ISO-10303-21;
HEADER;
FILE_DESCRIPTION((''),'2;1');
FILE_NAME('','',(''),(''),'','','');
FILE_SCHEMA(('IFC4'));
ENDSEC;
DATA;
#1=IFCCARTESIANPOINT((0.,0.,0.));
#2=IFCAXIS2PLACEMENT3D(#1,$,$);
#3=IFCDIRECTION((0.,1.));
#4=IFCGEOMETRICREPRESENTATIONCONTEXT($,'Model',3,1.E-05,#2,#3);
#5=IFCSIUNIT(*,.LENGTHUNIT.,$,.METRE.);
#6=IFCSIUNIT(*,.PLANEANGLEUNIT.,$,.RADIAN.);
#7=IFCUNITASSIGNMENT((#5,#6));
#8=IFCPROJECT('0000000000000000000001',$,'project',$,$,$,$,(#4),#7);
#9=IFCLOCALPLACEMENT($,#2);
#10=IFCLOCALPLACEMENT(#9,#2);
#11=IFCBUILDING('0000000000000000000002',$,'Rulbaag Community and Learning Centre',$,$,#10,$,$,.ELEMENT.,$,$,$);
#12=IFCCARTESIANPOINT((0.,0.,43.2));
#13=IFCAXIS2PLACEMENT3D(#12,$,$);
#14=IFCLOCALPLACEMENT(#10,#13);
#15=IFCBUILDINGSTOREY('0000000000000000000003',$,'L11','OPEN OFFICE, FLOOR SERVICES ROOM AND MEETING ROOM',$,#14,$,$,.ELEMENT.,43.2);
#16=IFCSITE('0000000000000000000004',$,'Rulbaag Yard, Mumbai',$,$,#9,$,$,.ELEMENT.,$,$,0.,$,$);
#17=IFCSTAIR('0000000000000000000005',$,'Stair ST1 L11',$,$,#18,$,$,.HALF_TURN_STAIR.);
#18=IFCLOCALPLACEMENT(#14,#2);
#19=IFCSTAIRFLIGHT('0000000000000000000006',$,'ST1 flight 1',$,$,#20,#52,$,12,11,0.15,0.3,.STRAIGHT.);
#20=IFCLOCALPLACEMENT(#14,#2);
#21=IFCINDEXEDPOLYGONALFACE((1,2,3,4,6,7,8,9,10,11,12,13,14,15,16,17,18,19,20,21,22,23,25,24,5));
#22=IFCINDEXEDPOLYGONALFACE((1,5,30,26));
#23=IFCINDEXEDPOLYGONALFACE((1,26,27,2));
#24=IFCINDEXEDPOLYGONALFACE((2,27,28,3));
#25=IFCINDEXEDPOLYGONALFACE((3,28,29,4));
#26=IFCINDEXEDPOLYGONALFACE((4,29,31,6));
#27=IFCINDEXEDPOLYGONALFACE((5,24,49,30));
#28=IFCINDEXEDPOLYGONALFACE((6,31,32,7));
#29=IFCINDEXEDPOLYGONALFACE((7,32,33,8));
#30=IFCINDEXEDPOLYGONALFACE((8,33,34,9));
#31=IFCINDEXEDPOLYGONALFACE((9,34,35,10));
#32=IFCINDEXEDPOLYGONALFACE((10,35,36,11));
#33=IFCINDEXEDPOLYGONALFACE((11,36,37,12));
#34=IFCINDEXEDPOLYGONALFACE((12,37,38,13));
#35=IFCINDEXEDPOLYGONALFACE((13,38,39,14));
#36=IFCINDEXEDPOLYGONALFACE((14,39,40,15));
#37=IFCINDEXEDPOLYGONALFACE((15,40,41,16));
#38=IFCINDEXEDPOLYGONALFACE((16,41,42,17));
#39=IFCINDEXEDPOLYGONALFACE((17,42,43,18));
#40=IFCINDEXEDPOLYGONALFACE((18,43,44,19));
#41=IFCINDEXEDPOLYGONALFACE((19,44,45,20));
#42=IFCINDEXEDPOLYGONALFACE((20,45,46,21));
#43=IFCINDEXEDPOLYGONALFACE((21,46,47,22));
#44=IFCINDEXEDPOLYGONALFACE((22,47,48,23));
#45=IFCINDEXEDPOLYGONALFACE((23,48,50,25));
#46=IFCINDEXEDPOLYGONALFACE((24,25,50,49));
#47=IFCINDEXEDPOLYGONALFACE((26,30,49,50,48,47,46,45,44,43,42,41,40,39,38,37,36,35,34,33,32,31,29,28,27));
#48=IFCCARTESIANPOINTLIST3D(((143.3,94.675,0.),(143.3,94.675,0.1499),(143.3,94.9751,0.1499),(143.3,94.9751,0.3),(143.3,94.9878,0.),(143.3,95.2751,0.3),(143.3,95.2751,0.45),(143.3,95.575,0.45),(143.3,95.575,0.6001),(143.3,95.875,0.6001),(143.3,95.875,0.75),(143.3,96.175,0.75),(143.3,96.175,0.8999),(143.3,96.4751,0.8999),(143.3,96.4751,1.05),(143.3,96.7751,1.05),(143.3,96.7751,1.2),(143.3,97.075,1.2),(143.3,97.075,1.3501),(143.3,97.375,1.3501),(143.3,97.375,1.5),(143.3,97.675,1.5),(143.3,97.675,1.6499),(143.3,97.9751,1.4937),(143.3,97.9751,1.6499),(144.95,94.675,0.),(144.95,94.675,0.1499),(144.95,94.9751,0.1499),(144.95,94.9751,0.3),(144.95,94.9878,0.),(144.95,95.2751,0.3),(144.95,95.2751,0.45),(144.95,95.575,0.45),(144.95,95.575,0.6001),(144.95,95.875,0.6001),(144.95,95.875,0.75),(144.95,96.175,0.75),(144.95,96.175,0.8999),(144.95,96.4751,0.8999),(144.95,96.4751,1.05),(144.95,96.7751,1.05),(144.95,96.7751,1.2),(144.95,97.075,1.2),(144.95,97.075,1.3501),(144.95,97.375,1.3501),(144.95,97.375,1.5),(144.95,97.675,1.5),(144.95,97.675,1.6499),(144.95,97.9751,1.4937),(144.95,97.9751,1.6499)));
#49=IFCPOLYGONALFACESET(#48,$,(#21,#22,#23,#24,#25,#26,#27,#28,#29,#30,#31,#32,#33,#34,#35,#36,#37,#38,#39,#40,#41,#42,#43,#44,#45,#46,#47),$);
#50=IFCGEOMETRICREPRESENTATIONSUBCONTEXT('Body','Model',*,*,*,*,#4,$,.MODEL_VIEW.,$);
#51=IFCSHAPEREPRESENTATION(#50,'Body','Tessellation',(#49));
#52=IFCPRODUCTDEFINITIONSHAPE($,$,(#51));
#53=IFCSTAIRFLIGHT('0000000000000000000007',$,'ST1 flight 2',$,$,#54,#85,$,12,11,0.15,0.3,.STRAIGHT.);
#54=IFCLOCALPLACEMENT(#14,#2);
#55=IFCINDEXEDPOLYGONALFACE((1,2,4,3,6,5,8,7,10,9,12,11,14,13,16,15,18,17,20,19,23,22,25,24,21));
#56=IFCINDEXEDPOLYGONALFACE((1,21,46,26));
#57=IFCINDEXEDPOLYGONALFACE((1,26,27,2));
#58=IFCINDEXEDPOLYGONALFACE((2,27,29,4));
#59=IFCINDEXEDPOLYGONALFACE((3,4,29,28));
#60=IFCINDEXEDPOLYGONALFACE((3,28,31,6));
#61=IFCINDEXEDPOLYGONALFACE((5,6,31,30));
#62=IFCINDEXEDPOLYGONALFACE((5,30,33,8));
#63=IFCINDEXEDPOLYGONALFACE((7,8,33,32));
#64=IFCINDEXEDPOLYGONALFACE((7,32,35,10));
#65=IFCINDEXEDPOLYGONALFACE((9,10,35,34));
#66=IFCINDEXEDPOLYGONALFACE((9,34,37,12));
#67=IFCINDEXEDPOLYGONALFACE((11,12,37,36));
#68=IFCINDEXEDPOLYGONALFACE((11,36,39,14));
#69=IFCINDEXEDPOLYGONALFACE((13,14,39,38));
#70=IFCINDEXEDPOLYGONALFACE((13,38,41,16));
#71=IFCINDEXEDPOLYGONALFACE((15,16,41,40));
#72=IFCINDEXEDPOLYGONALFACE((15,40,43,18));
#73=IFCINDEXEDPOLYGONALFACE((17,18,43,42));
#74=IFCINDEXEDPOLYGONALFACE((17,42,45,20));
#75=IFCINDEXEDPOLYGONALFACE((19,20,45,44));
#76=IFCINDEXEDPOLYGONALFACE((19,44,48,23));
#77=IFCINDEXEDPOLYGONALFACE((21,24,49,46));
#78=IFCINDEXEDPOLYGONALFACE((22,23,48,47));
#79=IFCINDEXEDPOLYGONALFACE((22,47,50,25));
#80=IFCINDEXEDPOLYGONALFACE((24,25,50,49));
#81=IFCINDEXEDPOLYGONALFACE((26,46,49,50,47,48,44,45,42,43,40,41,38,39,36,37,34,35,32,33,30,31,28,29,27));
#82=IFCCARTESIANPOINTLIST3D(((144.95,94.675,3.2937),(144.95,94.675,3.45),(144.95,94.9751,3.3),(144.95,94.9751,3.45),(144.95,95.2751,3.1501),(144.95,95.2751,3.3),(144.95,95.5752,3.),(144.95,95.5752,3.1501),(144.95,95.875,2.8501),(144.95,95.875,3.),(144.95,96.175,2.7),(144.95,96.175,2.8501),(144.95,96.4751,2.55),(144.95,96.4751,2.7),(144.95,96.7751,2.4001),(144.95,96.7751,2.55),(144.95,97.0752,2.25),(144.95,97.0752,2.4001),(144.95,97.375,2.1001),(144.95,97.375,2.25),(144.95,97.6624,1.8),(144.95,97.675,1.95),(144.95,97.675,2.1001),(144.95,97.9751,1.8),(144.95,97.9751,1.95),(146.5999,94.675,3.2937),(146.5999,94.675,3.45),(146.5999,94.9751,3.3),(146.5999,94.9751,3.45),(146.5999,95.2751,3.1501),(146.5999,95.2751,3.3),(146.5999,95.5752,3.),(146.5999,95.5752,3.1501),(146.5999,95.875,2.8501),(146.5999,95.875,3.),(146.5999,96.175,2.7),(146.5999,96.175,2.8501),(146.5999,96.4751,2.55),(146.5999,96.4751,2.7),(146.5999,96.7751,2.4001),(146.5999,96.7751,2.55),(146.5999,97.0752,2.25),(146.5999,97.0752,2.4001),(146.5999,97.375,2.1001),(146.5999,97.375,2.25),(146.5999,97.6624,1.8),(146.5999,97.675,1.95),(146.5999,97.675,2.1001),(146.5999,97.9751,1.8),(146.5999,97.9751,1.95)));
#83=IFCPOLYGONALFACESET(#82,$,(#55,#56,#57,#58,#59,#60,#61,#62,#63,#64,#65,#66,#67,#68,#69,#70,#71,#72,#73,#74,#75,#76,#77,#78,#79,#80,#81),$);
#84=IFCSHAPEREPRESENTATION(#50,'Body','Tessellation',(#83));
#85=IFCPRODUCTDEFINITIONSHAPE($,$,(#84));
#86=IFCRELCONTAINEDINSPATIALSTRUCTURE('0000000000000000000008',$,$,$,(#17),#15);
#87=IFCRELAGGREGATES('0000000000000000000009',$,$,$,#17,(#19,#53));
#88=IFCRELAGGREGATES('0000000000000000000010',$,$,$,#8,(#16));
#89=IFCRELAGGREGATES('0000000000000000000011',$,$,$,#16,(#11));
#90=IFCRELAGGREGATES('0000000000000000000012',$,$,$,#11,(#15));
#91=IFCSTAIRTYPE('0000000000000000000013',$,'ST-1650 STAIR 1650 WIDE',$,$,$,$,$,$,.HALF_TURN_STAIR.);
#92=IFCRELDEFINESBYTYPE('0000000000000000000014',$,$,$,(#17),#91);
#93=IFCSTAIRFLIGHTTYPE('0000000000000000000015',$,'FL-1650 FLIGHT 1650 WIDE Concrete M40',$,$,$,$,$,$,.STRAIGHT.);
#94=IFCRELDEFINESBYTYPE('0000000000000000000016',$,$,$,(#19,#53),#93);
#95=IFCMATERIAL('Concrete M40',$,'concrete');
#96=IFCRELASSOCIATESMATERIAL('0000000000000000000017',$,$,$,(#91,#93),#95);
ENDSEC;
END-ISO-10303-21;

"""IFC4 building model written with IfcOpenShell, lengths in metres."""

from ifc_helpers import new_model, si_unit, direction, frame, origin, place, context, subcontext, project, spatial, polyline, outline, extrude, material, type_object, element, aggregate, save


model = new_model("IFC4")

# Units and contexts
model_context = context("Model", 3, precision=1e-05, world=origin(), true_north=direction((0.0, 1.0)))
body_context = subcontext(model_context, "Body", "Model", "MODEL_VIEW")
ifc_project = project(units=[si_unit("LENGTHUNIT", "METRE"), si_unit("PLANEANGLEUNIT", "RADIAN")], contexts=[model_context])

# Site, building, storey
site_placement = place(None, origin())
site = spatial("IfcSite", under=ifc_project, at=site_placement, Name="Rulbaag Yard, Mumbai", CompositionType="ELEMENT", RefElevation=0.0)
building_placement = place(site_placement, origin())
building = spatial("IfcBuilding", under=site, at=building_placement, Name="Rulbaag Community and Learning Centre", CompositionType="ELEMENT")
storey_placement = place(building_placement, frame((0.0, 0.0, 43.2)))
storey = spatial("IfcBuildingStorey", under=building, at=storey_placement, Name="L11", Description="OPEN OFFICE, FLOOR SERVICES ROOM AND MEETING ROOM", CompositionType="ELEMENT", Elevation=43.2)

# Shared definitions
ifc_material_1 = material(Name="Concrete M40", Category="concrete")

# Stair, stair flights
stair_type = type_object("IfcStairType", Name="ST-1650 STAIR 1650 WIDE", PredefinedType="HALF_TURN_STAIR", material=ifc_material_1)
stair_placement = place(storey_placement, origin())
stair = element("IfcStair", 1, at=stair_placement, inside=storey, type_object=stair_type, Name="Stair ST1 L11", PredefinedType="HALF_TURN_STAIR")
stair_flight_type = type_object("IfcStairFlightType", Name="FL-1650 FLIGHT 1650 WIDE Concrete M40", PredefinedType="STRAIGHT", material=ifc_material_1)
stair_flight_1_placement = place(storey_placement, frame((144.125, 94.675, 0.0), z_axis=(0.0, 0.0, 1.0), x_axis=(0.0, 1.0, 0.0)))
stair_flight_1 = element("IfcStairFlight", 2, at=stair_flight_1_placement, type_object=stair_flight_type, Name="ST1 flight 1", NumberOfRisers=12, NumberOfTreads=11, PredefinedType="STRAIGHT", RiserHeight=0.15, TreadLength=0.3, context=body_context, shape_type="SweptSolid", body=[
    extrude(outline(polyline([(0.0, 0.0), (0.0, 0.1499), (0.3, 0.1499), (0.3, 0.3), (0.6001, 0.3), (0.6001, 0.45), (0.8999, 0.45), (0.8999, 0.6001), (1.2, 0.6001), (1.2, 0.75), (1.5, 0.75), (1.5, 0.8999), (1.8, 0.8999), (1.8, 1.05), (2.1001, 1.05), (2.1001, 1.2), (2.3999, 1.2), (2.3999, 1.3501), (2.7, 1.3501), (2.7, 1.5), (3.0, 1.5), (3.0, 1.6499), (3.3, 1.6499), (3.3, 1.4937), (0.3127, 0.0), (0.0, 0.0)])), frame((0.0, 0.825, 0.0), z_axis=(0.0, -1.0, 0.0), x_axis=(1.0, 0.0, 0.0)), (0.0, 0.0, 1.0), 1.6499),
])
stair_flight_2_placement = place(storey_placement, frame((145.7749, 97.9751, 1.8), z_axis=(0.0, 0.0, 1.0), x_axis=(0.0, -1.0, 0.0)))
stair_flight_2 = element("IfcStairFlight", 3, at=stair_flight_2_placement, type_object=stair_flight_type, Name="ST1 flight 2", NumberOfRisers=12, NumberOfTreads=11, PredefinedType="STRAIGHT", RiserHeight=0.15, TreadLength=0.3, context=body_context, shape_type="SweptSolid", body=[
    extrude(outline(polyline([(0.0, 0.0), (0.0, 0.1499), (0.3, 0.1499), (0.3, 0.3), (0.6001, 0.3), (0.6001, 0.45), (0.8999, 0.45), (0.8999, 0.6001), (1.2, 0.6001), (1.2, 0.75), (1.5, 0.75), (1.5, 0.8999), (1.8, 0.8999), (1.8, 1.05), (2.1001, 1.05), (2.1001, 1.2), (2.3999, 1.2), (2.3999, 1.3501), (2.7, 1.3501), (2.7, 1.5), (3.0, 1.5), (3.0, 1.6499), (3.3, 1.6499), (3.3, 1.4937), (0.3127, 0.0), (0.0, 0.0)])), frame((0.0, 0.825, 0.0), z_axis=(0.0, -1.0, 0.0), x_axis=(1.0, 0.0, 0.0)), (0.0, 0.0, 1.0), 1.6499),
])
aggregate(stair, [stair_flight_1, stair_flight_2])

save(model, "model.ifc")
